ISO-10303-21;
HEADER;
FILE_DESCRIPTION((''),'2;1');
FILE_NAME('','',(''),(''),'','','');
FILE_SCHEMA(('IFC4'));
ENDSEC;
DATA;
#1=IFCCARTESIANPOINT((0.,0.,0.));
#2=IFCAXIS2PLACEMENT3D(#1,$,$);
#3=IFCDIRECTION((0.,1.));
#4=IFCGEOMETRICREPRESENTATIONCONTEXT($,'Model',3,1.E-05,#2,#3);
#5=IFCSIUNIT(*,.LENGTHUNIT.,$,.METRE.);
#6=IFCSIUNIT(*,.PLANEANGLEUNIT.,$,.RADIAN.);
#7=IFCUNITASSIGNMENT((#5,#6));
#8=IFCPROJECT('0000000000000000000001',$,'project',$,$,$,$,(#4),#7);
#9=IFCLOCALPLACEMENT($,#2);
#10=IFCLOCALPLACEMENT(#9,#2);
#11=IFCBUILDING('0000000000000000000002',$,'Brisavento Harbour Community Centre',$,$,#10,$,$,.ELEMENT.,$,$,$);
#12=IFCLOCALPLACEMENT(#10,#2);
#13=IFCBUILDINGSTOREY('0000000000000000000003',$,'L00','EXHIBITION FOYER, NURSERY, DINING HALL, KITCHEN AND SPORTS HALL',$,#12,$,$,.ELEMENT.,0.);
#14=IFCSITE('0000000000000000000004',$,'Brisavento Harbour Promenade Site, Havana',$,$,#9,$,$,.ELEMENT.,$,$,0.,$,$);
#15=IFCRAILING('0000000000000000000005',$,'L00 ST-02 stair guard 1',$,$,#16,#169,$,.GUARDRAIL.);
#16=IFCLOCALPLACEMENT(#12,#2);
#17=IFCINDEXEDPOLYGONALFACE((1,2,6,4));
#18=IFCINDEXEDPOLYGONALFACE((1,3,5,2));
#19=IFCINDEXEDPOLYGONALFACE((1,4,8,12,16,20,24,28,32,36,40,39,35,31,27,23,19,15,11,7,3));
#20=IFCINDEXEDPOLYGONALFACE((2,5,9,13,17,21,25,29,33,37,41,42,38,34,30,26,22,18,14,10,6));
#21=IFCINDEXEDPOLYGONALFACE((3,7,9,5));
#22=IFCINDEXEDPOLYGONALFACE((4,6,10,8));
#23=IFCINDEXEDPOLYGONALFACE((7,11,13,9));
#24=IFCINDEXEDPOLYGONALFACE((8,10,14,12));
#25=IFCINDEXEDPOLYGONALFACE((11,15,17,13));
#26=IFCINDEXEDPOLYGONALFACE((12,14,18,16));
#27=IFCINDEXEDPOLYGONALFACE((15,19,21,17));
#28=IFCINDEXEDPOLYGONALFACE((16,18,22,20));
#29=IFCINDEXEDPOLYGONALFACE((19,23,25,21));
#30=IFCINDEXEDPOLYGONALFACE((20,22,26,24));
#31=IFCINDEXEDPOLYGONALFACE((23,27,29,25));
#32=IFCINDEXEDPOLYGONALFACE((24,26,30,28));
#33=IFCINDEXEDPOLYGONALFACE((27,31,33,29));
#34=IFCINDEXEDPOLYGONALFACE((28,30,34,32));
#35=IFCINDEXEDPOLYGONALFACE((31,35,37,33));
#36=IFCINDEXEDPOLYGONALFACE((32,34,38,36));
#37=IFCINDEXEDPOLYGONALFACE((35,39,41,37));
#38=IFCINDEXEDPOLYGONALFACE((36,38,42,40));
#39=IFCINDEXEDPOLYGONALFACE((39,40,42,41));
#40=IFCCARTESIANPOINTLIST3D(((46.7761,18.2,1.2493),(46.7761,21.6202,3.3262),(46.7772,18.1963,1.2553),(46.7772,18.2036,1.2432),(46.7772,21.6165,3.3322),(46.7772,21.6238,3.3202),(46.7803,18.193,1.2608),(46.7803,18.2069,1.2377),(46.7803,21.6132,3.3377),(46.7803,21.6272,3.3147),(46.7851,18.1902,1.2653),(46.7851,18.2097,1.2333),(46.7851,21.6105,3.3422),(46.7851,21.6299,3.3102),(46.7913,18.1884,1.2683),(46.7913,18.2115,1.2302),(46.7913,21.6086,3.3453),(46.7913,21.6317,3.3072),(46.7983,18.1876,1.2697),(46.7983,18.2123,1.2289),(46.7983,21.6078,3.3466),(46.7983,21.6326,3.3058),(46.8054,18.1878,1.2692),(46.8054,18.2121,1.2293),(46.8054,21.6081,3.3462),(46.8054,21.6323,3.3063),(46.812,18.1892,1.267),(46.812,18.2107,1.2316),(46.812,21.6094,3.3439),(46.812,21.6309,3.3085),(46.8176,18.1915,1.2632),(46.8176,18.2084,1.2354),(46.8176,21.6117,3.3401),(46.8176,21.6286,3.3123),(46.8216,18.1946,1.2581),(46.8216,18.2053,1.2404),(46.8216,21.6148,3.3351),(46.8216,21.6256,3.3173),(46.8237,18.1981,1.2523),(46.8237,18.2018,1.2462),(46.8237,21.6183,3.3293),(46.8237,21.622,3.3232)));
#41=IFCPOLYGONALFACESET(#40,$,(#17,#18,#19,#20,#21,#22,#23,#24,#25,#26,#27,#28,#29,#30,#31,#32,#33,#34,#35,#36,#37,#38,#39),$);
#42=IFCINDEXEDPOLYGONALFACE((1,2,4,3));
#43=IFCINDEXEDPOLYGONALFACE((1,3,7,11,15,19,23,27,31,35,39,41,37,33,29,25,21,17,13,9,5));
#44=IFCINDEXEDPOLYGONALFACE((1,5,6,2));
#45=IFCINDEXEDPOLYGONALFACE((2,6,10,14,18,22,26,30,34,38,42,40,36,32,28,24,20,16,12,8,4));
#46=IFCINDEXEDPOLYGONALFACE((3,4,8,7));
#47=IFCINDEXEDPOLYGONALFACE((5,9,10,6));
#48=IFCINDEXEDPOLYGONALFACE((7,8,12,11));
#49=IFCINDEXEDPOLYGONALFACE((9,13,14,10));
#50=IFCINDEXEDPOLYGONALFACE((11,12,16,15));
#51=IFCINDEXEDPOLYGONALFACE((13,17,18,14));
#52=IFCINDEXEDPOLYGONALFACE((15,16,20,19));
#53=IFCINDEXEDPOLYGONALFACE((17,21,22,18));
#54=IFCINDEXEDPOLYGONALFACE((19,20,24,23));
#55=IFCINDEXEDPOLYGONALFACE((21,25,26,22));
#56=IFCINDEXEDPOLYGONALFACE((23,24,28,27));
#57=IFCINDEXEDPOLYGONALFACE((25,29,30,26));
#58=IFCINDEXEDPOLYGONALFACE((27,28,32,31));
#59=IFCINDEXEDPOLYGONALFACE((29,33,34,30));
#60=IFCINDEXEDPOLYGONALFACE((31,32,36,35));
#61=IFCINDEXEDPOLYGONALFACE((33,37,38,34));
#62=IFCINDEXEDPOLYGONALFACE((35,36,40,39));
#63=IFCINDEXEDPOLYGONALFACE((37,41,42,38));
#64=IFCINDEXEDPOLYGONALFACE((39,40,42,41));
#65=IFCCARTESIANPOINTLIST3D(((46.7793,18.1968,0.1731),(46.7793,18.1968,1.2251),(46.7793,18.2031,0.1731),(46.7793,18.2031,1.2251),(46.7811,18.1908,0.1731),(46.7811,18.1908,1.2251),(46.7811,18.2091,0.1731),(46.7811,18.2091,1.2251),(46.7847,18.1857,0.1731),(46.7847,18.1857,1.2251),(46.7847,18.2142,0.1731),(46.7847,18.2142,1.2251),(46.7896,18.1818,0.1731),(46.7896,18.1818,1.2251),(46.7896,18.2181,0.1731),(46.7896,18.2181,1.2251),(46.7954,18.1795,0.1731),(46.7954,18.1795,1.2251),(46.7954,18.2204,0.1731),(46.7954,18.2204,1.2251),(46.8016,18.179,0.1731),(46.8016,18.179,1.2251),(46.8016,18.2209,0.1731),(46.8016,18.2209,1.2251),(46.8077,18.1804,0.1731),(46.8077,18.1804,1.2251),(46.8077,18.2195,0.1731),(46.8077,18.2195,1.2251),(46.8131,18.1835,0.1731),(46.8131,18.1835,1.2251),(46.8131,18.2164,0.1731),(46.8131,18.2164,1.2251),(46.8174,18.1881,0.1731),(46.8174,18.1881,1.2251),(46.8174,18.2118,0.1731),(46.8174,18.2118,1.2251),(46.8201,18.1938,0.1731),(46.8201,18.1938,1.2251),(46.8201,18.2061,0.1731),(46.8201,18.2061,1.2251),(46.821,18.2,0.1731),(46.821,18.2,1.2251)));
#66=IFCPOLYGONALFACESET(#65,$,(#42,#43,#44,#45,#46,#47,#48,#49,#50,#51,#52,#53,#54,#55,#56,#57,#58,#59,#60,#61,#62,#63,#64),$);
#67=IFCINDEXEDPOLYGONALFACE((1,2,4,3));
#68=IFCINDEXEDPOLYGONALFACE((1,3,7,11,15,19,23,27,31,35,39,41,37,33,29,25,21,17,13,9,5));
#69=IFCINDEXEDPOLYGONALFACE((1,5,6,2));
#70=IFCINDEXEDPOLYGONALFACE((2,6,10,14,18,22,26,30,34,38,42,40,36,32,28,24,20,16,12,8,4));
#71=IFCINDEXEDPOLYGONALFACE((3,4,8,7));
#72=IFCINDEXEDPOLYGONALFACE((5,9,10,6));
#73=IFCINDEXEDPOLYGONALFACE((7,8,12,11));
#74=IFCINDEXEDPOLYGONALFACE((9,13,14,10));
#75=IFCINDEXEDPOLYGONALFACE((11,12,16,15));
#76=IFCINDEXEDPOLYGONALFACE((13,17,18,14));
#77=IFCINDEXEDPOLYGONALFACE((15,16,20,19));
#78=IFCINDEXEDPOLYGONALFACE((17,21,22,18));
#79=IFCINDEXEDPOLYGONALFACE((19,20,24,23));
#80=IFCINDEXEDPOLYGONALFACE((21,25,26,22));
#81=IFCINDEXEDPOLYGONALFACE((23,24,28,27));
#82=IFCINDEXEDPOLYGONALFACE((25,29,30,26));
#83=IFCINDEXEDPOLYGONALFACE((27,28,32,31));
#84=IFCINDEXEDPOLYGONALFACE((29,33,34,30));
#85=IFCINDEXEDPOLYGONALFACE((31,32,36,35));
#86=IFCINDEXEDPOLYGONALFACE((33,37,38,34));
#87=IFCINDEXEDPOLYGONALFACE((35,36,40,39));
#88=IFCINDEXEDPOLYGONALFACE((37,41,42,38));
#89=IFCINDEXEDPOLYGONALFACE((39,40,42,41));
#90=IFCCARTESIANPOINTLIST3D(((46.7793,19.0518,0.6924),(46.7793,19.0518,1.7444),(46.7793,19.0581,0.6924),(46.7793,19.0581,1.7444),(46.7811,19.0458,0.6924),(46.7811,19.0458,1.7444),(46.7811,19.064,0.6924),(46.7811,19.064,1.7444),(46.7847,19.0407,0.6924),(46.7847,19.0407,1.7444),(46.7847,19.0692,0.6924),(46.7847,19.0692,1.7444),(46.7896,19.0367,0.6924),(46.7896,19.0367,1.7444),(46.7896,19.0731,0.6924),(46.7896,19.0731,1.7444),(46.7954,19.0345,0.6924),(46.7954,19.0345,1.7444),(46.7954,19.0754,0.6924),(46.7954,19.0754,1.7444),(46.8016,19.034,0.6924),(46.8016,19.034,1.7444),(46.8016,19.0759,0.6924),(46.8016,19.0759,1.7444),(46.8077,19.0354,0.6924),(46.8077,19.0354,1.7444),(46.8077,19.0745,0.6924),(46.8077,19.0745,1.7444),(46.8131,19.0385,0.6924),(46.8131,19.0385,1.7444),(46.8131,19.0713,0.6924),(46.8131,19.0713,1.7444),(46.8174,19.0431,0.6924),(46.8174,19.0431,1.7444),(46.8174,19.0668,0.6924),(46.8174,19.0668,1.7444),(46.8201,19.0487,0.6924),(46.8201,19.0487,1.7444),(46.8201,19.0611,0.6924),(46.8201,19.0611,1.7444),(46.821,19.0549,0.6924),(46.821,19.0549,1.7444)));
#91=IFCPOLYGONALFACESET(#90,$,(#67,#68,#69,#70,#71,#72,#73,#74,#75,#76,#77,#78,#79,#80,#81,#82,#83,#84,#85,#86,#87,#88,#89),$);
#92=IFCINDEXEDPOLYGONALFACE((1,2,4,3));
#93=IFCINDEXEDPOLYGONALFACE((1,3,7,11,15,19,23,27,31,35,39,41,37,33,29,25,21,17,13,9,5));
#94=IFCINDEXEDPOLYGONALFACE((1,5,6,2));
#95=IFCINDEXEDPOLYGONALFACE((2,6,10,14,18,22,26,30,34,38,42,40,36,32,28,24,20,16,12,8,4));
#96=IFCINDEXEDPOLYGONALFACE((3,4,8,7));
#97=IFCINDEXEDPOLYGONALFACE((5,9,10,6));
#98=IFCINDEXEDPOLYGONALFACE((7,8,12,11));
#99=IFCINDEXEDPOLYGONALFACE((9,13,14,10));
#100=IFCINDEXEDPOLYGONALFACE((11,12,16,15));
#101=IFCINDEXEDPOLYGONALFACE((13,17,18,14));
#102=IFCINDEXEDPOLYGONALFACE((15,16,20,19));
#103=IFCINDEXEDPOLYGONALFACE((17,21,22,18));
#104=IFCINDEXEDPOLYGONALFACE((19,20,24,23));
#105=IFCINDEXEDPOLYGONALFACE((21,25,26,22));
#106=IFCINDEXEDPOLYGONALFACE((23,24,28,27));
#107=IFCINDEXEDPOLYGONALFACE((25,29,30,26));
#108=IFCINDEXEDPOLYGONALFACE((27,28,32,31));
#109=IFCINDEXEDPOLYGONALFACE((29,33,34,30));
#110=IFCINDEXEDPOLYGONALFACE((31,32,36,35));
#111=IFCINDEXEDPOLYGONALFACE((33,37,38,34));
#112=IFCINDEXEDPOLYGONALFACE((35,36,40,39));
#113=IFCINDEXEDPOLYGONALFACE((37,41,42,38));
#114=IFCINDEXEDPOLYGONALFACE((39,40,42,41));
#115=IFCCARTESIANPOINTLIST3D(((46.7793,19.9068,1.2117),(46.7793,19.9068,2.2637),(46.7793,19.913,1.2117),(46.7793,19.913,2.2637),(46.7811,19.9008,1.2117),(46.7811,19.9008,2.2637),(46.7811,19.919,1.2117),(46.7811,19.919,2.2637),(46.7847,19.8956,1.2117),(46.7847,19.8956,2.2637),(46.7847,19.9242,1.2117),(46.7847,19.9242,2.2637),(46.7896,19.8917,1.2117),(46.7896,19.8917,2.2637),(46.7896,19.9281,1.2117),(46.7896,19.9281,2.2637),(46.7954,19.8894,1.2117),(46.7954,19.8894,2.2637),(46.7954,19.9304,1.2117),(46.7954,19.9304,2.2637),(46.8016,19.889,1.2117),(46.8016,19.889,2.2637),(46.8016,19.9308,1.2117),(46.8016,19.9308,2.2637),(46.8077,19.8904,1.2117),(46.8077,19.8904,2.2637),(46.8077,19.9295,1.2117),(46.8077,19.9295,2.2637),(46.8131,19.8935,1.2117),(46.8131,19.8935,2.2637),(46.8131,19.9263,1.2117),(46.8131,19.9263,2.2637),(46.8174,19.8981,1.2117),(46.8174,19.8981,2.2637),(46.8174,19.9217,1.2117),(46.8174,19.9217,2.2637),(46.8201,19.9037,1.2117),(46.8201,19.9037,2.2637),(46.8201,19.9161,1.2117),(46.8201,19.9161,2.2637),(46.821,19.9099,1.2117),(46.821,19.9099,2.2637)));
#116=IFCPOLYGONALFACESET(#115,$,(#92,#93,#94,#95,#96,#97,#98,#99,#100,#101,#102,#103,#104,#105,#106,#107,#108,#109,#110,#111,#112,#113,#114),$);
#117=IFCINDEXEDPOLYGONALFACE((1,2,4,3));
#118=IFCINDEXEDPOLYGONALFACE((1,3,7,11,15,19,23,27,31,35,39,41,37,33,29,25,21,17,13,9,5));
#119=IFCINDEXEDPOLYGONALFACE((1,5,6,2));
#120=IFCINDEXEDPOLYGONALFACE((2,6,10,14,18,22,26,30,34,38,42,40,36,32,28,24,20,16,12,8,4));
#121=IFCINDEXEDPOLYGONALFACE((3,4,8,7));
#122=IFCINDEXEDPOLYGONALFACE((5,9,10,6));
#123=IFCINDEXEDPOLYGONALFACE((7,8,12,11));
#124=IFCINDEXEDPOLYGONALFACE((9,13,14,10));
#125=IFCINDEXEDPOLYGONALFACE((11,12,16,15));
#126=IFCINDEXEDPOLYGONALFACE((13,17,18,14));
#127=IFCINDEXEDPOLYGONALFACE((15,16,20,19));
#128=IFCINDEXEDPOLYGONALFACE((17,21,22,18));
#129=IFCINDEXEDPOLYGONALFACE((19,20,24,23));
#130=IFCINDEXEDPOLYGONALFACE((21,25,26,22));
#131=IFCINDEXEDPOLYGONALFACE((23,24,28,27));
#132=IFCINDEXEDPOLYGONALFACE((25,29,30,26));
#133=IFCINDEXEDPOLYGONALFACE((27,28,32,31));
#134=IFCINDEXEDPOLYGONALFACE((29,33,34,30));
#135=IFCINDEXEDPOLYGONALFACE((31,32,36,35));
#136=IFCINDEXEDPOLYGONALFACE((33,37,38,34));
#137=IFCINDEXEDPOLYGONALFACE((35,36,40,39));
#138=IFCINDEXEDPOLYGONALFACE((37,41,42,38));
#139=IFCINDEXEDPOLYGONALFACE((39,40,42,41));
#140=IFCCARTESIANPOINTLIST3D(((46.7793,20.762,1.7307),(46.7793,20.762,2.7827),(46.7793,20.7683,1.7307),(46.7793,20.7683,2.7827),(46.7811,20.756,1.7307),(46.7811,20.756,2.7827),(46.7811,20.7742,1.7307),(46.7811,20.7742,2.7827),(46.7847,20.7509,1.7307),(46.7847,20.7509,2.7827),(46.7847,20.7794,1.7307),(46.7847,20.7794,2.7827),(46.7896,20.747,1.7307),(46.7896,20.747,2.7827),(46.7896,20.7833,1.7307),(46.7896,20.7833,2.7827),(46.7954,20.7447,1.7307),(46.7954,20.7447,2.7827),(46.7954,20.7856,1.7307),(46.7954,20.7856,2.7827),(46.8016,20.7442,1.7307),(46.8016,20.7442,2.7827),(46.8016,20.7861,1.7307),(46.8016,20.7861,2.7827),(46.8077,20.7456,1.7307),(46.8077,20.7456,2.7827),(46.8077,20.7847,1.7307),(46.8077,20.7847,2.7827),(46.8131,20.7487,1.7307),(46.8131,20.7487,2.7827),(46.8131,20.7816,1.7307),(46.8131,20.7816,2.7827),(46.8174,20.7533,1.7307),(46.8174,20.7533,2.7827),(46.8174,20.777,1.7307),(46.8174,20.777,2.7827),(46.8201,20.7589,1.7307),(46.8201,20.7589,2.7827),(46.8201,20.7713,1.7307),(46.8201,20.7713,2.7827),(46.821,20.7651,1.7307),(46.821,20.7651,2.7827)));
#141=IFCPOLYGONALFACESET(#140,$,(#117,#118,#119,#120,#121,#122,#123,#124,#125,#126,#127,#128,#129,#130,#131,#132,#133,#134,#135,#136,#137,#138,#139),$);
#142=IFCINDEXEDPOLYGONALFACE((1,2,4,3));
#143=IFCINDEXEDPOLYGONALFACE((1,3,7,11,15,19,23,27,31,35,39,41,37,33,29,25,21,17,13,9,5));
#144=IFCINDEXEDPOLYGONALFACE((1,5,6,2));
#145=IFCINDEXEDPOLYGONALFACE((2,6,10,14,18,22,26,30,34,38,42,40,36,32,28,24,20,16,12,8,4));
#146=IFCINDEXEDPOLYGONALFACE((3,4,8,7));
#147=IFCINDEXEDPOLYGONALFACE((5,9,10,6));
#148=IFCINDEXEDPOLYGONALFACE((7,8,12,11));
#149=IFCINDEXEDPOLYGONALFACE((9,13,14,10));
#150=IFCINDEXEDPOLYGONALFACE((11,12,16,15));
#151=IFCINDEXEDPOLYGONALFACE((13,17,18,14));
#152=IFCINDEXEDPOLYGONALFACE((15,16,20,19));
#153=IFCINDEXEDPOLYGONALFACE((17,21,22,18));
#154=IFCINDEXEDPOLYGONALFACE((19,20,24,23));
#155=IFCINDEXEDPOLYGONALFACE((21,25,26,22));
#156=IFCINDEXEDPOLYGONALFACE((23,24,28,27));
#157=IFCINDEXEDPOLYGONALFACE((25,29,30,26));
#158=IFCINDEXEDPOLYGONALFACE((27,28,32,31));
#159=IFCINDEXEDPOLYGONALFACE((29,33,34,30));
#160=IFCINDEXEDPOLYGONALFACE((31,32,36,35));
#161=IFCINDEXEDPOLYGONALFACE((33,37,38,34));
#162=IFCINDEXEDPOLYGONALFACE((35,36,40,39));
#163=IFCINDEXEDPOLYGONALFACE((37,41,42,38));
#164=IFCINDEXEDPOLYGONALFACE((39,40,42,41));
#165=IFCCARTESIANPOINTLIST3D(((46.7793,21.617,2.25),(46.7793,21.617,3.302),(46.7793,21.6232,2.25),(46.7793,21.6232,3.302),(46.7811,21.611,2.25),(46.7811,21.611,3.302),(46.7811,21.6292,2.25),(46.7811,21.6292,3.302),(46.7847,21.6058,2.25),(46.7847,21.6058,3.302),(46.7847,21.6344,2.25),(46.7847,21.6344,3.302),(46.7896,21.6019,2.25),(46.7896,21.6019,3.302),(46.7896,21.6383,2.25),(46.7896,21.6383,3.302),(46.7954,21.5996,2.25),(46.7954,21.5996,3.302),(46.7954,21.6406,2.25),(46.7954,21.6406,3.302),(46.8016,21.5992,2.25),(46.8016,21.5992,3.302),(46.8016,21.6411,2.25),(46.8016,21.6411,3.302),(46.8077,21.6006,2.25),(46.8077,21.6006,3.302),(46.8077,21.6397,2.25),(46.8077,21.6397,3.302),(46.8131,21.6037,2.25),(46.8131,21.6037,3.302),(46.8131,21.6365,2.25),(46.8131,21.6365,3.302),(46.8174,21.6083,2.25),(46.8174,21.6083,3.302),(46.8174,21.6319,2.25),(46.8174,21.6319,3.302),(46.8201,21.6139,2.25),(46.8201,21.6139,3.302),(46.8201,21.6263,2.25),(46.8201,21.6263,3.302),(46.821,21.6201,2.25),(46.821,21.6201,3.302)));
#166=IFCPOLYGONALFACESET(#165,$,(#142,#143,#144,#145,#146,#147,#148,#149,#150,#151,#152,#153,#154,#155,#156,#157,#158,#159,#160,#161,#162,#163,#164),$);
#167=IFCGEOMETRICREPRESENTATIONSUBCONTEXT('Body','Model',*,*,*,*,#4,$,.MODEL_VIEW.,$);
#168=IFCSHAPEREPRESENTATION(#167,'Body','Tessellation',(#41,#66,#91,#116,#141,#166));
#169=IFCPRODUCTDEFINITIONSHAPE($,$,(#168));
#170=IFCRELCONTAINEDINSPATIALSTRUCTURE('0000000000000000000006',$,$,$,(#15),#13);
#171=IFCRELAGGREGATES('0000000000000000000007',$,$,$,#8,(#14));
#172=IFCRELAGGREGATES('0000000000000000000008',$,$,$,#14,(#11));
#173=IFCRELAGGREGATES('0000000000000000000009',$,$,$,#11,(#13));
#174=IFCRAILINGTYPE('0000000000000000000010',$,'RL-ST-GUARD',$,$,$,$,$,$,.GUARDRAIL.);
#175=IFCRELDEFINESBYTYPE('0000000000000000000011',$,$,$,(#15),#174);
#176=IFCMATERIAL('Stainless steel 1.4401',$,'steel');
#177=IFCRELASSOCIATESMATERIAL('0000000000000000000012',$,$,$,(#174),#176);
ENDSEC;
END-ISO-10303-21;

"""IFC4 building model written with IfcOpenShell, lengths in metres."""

from ifc_helpers import new_model, si_unit, direction, frame, origin, origin_2d, place, context, subcontext, project, spatial, circle, extrude, material, type_object, element, save


model = new_model("IFC4")

# Units and contexts
model_context = context("Model", 3, precision=1e-05, world=origin(), true_north=direction((0.0, 1.0)))
body_context = subcontext(model_context, "Body", "Model", "MODEL_VIEW")
ifc_project = project(units=[si_unit("LENGTHUNIT", "METRE"), si_unit("PLANEANGLEUNIT", "RADIAN")], contexts=[model_context])

# Site, building, storey
site_placement = place(None, origin())
site = spatial("IfcSite", under=ifc_project, at=site_placement, Name="Brisavento Harbour Promenade Site, Havana", CompositionType="ELEMENT", RefElevation=0.0)
building_placement = place(site_placement, origin())
building = spatial("IfcBuilding", under=site, at=building_placement, Name="Brisavento Harbour Community Centre", CompositionType="ELEMENT")
storey_placement = place(building_placement, origin())
storey = spatial("IfcBuildingStorey", under=building, at=storey_placement, Name="L00", Description="EXHIBITION FOYER, NURSERY, DINING HALL, KITCHEN AND SPORTS HALL", CompositionType="ELEMENT", Elevation=0.0)

# Railing
ifc_material_1 = material(Name="Stainless steel 1.4401", Category="steel")
railing_type_1 = type_object("IfcRailingType", Name="RL-ST-GUARD", PredefinedType="GUARDRAIL", material=ifc_material_1)
railing_1_placement = place(storey_placement, frame((46.8, 18.2, 0.1731)))
element("IfcRailing", 1, at=railing_1_placement, inside=storey, type_object=railing_type_1, Name="L00 ST-02 stair guard 1", PredefinedType="GUARDRAIL", context=body_context, shape_type="SweptSolid", body=[
    extrude(circle(Radius=0.0239, at=origin_2d()), frame((0.0, 0.0, 1.0762), z_axis=(0.0, 0.854746, 0.519047), x_axis=(-1.0, 0.0, 0.0)), (0.0, 0.0, 1.0), 4.0015),
    extrude(circle(Radius=0.021, at=origin_2d()), origin(), (0.0, 0.0, 1.0), 1.052),
    extrude(circle(Radius=0.021, at=origin_2d()), frame((0.0, 0.855, 0.5193)), (0.0, 0.0, 1.0), 1.052),
    extrude(circle(Radius=0.021, at=origin_2d()), frame((0.0, 1.71, 1.0386)), (0.0, 0.0, 1.0), 1.052),
    extrude(circle(Radius=0.021, at=origin_2d()), frame((0.0, 2.5652, 1.5576)), (0.0, 0.0, 1.0), 1.052),
    extrude(circle(Radius=0.021, at=origin_2d()), frame((0.0, 3.4202, 2.0769)), (0.0, 0.0, 1.0), 1.052),
])

save(model, "model.ifc")
